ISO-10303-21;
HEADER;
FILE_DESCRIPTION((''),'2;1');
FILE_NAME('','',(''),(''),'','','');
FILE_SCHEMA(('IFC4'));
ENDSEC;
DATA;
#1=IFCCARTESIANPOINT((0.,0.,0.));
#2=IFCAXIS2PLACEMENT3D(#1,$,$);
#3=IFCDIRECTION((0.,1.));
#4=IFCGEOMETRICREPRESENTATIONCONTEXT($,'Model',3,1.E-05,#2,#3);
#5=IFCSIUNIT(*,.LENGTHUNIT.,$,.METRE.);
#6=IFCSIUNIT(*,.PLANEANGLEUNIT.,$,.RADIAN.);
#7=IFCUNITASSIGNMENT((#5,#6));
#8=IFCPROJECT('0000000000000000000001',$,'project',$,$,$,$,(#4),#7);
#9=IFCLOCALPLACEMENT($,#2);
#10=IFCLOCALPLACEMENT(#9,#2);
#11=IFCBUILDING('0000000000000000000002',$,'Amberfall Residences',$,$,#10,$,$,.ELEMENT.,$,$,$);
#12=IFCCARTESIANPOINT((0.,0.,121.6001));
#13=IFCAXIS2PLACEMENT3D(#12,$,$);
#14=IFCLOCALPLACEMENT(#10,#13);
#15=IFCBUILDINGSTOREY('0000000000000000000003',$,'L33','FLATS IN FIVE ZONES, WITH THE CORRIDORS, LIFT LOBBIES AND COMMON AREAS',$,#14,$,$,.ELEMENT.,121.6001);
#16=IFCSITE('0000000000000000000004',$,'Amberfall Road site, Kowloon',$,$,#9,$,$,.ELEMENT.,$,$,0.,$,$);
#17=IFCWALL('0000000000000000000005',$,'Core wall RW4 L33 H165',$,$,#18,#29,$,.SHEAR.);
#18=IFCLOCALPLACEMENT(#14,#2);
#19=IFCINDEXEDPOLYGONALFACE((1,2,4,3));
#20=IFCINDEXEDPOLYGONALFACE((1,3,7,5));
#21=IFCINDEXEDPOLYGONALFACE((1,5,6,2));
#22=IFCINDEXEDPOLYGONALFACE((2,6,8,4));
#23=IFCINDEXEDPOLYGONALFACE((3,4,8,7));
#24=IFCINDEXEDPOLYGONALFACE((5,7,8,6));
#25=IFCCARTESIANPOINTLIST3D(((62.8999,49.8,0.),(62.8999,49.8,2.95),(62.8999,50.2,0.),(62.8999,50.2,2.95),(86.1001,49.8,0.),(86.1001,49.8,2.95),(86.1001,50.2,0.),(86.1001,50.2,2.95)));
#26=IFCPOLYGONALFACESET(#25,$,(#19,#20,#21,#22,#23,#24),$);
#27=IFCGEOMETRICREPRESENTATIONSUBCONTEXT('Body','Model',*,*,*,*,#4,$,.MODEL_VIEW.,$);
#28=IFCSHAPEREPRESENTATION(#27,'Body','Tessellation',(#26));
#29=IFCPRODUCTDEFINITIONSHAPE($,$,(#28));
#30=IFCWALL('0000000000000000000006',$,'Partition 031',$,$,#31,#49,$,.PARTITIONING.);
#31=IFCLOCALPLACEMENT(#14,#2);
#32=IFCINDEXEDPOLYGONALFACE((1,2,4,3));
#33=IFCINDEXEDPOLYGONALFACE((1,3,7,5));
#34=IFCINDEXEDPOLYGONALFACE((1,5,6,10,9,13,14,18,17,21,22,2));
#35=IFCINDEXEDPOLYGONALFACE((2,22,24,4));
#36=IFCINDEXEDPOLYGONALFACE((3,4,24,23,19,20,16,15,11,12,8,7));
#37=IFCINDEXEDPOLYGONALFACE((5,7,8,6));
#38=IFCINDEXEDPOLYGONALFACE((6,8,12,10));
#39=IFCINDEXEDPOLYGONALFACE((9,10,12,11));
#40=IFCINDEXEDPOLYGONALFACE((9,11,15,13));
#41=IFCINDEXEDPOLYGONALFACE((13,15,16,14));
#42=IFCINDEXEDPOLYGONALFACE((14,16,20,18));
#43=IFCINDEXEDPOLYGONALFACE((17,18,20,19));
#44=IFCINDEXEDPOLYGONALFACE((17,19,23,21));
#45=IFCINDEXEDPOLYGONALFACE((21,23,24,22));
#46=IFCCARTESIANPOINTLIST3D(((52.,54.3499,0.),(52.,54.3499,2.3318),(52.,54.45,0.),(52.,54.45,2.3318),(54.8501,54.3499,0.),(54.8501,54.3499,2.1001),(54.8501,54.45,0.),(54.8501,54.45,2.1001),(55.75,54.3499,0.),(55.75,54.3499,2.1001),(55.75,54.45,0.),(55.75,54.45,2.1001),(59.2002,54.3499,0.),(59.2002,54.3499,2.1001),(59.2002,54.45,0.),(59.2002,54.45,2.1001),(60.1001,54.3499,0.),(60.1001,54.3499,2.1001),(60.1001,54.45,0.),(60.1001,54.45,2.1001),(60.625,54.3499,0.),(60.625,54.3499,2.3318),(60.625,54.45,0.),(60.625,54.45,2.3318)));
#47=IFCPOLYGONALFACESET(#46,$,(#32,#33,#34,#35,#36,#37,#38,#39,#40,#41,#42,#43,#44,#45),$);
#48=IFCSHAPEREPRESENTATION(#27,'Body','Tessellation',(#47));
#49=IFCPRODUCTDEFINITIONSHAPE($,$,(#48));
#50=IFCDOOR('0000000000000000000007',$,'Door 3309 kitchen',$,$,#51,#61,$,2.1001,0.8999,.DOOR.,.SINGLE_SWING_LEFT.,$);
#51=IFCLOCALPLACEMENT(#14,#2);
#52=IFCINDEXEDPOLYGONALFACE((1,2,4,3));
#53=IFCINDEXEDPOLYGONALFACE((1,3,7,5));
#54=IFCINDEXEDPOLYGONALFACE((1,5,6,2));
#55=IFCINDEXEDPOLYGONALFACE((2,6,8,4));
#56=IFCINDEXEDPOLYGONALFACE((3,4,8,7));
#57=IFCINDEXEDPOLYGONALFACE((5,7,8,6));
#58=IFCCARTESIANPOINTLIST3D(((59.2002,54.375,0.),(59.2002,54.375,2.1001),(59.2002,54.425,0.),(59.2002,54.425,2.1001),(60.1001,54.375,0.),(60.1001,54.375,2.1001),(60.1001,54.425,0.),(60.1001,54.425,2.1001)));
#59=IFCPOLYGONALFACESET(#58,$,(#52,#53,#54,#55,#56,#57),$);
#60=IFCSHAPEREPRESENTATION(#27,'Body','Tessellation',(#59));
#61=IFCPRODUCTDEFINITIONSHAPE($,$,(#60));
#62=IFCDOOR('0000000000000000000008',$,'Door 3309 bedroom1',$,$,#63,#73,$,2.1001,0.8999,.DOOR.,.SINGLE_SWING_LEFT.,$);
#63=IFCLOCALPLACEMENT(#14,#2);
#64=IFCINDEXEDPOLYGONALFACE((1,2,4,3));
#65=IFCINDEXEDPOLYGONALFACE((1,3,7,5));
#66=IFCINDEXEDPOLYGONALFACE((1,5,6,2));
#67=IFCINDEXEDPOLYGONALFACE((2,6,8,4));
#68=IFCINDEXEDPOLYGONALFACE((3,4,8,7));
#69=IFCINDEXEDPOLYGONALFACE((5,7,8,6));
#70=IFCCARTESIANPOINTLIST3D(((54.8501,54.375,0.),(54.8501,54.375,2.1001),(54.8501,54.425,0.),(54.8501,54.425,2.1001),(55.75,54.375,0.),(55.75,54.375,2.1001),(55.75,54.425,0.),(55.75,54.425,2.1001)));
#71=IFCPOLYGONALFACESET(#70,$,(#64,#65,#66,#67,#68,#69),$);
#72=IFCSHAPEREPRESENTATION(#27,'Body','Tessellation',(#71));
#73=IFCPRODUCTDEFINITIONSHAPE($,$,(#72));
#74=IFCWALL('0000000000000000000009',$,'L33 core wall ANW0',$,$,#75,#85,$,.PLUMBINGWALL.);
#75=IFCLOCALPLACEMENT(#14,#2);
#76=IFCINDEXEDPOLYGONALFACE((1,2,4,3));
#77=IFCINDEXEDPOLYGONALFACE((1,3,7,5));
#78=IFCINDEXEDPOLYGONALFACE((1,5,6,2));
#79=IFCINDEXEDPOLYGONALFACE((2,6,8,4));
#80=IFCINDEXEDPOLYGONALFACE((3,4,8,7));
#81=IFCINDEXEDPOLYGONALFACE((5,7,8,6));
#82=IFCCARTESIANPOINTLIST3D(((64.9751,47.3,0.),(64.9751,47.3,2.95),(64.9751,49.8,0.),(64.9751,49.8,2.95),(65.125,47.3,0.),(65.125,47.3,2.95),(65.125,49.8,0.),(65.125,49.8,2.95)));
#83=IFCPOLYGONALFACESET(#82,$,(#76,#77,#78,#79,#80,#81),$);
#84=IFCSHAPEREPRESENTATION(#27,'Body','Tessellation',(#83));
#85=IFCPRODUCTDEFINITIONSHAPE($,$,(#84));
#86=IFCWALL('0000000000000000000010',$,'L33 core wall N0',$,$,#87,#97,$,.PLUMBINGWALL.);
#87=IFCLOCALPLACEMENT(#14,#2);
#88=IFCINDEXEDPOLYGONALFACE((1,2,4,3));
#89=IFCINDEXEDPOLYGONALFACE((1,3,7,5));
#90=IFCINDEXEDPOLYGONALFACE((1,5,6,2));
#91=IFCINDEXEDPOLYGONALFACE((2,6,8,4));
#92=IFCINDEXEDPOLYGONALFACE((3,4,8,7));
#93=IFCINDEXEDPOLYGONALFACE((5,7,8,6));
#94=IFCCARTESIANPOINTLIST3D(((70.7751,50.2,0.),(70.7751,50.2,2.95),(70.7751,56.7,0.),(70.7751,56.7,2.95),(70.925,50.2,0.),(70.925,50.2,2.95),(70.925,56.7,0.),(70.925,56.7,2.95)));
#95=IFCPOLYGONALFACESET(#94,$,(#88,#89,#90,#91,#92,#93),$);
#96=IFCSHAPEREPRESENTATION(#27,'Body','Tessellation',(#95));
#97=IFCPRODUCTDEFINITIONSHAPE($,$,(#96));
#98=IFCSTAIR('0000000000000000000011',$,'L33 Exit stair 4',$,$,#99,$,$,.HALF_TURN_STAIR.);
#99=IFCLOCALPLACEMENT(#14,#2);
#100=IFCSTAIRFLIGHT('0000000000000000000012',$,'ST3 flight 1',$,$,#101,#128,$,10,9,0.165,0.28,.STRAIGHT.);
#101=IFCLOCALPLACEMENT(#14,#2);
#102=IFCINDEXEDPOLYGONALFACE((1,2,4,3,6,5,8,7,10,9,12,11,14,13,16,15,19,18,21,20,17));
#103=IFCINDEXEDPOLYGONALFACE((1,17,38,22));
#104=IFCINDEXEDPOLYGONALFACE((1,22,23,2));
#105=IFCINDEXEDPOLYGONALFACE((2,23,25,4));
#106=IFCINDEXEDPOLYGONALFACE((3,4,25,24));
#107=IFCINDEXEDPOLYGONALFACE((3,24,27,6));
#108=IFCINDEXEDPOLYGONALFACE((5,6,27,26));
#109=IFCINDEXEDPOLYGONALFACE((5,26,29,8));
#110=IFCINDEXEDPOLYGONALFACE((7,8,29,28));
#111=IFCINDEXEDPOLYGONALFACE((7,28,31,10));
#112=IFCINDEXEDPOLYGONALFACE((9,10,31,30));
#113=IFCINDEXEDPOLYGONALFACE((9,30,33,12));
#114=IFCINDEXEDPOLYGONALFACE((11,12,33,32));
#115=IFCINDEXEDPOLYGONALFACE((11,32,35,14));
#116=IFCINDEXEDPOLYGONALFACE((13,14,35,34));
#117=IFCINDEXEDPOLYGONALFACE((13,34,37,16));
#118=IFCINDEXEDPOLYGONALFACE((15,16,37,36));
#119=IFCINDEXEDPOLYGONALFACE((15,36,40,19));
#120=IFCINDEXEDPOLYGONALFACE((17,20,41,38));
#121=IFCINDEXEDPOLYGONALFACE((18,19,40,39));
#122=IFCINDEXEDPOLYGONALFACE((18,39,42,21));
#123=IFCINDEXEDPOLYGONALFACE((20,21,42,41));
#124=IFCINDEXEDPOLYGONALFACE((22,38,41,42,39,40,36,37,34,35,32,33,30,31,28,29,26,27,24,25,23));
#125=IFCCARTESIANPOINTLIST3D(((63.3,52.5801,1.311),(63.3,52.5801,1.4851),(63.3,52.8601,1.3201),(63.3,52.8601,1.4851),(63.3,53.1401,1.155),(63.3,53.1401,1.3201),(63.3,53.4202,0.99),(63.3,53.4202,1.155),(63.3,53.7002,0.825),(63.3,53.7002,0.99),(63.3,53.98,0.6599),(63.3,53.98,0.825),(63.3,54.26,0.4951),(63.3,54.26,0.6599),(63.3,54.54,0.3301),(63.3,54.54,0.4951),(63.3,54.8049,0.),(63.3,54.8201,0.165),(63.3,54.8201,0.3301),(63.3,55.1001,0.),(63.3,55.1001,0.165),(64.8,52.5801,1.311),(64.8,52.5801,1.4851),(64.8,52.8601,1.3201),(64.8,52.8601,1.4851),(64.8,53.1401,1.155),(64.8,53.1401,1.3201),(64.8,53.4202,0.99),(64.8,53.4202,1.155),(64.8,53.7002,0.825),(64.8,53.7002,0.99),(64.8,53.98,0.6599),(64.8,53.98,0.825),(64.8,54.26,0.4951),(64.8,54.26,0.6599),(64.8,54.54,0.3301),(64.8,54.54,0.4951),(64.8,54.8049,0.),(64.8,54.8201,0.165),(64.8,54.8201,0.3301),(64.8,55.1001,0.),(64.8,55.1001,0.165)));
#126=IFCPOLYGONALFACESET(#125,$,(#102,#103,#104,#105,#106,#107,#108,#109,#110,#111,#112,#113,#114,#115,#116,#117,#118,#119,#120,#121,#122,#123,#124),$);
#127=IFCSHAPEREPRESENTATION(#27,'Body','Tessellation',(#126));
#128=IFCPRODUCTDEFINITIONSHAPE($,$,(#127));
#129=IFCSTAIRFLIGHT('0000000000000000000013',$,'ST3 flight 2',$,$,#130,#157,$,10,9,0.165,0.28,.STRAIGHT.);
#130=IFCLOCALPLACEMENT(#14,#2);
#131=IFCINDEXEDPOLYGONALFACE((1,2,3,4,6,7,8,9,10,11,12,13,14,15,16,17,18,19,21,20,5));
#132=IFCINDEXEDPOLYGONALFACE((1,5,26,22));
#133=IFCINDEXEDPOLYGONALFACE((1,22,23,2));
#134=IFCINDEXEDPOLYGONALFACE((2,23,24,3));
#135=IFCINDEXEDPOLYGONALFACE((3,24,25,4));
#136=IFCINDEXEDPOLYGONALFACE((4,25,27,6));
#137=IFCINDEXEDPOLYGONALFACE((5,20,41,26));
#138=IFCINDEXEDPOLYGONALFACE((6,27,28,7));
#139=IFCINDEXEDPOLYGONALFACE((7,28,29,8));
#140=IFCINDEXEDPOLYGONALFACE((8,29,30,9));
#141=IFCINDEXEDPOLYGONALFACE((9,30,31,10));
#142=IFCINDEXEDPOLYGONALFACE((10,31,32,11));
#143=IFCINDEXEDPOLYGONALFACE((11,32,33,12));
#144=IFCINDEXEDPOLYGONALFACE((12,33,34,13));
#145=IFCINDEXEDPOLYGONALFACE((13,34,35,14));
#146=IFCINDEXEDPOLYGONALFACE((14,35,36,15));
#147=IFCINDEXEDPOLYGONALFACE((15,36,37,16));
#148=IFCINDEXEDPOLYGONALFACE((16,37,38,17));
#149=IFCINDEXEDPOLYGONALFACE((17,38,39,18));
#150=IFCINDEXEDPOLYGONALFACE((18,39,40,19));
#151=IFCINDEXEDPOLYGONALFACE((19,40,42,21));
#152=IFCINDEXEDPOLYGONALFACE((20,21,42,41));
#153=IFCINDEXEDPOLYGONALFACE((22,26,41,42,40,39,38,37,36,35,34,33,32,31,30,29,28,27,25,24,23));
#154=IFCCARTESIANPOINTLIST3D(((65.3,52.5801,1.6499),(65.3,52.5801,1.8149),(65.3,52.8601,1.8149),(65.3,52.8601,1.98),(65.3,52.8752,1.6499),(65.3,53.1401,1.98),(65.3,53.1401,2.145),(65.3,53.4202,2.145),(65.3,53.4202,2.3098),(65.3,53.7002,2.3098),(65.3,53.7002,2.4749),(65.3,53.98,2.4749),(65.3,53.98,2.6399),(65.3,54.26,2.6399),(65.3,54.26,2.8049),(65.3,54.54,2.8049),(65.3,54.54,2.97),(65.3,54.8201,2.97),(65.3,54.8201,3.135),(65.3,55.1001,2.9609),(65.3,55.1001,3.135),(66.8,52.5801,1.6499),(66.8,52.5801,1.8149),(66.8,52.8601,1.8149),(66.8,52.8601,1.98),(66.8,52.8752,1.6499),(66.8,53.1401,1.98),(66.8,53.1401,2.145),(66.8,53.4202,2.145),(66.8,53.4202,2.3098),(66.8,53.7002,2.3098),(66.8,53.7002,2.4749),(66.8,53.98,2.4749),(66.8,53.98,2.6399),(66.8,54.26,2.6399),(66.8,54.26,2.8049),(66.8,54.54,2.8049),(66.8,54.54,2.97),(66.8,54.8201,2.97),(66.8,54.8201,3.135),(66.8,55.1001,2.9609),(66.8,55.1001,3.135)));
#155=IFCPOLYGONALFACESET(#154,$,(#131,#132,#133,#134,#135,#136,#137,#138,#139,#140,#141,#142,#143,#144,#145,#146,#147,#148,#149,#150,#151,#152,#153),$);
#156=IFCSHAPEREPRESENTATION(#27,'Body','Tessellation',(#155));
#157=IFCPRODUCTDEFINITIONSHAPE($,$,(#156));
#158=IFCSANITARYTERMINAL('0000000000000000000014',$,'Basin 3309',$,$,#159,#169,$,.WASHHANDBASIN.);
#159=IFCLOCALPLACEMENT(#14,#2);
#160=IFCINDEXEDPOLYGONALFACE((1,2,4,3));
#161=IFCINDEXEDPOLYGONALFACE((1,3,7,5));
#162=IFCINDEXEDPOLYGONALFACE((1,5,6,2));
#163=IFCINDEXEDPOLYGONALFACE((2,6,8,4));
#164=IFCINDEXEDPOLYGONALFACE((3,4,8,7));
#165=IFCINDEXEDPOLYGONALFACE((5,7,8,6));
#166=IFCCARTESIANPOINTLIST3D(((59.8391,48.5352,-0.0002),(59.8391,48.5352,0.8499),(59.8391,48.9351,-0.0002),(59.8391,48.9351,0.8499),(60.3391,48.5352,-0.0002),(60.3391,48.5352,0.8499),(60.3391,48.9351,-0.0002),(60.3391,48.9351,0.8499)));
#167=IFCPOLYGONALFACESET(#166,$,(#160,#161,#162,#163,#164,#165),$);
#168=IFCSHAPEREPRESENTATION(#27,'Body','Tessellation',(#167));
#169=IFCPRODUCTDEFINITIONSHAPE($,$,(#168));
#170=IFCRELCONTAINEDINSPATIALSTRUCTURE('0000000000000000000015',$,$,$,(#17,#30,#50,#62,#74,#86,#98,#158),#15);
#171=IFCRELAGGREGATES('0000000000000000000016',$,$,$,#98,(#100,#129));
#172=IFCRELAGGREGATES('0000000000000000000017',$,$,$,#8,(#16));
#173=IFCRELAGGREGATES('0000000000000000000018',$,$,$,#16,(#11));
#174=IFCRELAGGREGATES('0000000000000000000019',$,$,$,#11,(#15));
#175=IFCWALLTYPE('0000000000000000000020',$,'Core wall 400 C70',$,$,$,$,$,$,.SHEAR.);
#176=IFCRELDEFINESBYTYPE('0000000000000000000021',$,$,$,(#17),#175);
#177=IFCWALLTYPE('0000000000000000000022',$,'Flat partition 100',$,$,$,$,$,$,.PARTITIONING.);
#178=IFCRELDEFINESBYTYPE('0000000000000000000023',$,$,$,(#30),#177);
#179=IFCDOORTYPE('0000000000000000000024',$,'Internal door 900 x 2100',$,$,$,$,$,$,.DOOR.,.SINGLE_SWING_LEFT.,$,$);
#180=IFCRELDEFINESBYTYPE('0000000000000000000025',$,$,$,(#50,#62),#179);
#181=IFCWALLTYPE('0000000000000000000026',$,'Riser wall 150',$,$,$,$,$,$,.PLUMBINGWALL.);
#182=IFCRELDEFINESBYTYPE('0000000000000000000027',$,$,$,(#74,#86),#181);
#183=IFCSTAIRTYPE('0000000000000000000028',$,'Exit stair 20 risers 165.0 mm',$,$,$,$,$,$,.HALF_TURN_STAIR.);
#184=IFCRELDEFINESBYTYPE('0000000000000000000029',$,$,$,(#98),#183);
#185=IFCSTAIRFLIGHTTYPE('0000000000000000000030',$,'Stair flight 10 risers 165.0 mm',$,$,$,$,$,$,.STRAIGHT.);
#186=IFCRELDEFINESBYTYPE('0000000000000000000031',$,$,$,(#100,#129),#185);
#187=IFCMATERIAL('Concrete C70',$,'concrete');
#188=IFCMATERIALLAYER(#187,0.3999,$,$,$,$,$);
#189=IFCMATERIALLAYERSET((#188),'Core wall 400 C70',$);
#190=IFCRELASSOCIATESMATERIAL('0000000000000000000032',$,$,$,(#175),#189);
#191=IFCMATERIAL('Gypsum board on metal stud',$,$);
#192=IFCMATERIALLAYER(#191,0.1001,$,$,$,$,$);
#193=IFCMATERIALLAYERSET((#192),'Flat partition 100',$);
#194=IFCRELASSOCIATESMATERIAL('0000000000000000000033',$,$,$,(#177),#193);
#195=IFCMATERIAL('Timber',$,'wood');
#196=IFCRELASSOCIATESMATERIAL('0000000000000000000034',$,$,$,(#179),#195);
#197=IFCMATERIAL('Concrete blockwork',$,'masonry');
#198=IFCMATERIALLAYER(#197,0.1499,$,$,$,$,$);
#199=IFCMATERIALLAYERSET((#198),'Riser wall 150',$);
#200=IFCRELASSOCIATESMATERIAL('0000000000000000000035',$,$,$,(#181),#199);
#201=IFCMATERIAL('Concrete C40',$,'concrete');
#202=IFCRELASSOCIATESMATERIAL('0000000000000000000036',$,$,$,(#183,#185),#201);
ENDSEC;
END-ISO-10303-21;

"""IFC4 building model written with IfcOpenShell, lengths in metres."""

from ifc_helpers import new_model, si_unit, direction, frame, frame_2d, origin, origin_2d, place, context, subcontext, project, spatial, polyline, rectangle, outline, extrude, material, layer, layer_set, type_object, element, fill, aggregate, save


model = new_model("IFC4")

# Units and contexts
model_context = context("Model", 3, precision=1e-05, world=origin(), true_north=direction((0.0, 1.0)))
body_context = subcontext(model_context, "Body", "Model", "MODEL_VIEW")
ifc_project = project(units=[si_unit("LENGTHUNIT", "METRE"), si_unit("PLANEANGLEUNIT", "RADIAN")], contexts=[model_context])

# Site, building, storey
site_placement = place(None, origin())
site = spatial("IfcSite", under=ifc_project, at=site_placement, Name="Amberfall Road site, Kowloon", CompositionType="ELEMENT", RefElevation=0.0)
building_placement = place(site_placement, origin())
building = spatial("IfcBuilding", under=site, at=building_placement, Name="Amberfall Residences", CompositionType="ELEMENT")
storey_placement = place(building_placement, frame((0.0, 0.0, 121.6001)))
storey = spatial("IfcBuildingStorey", under=building, at=storey_placement, Name="L33", Description="FLATS IN FIVE ZONES, WITH THE CORRIDORS, LIFT LOBBIES AND COMMON AREAS", CompositionType="ELEMENT", Elevation=121.6001)

# Wall
ifc_material_1 = material(Name="Concrete C70", Category="concrete")
ifc_layer_1 = layer(ifc_material_1, 0.3999)
ifc_layer_set_1 = layer_set([ifc_layer_1], Name="Core wall 400 C70")
wall_type_1 = type_object("IfcWallType", Name="Core wall 400 C70", PredefinedType="SHEAR", material=ifc_layer_set_1)
wall_1_placement = place(storey_placement, frame((62.8999, 50.0, 0.0), z_axis=(0.0, 0.0, 1.0), x_axis=(1.0, 0.0, 0.0)))
element("IfcWall", 1, at=wall_1_placement, inside=storey, type_object=wall_type_1, Name="Core wall RW4 L33 H165", PredefinedType="SHEAR", context=body_context, shape_type="SweptSolid", body=[
    extrude(rectangle(XDim=23.2002, YDim=0.3999, at=frame_2d((11.6001, 0.0))), origin(), (0.0, 0.0, 1.0), 2.95),
])

# Wall, openings, doors
ifc_material_2 = material(Name="Gypsum board on metal stud")
ifc_layer_2 = layer(ifc_material_2, 0.1001)
ifc_layer_set_2 = layer_set([ifc_layer_2], Name="Flat partition 100")
wall_type_2 = type_object("IfcWallType", Name="Flat partition 100", PredefinedType="PARTITIONING", material=ifc_layer_set_2)
wall_2_placement = place(storey_placement, frame((60.625, 54.3999, 0.0), z_axis=(0.0, 0.0, 1.0), x_axis=(-1.0, 0.0, 0.0)))
wall_2 = element("IfcWall", 2, at=wall_2_placement, inside=storey, type_object=wall_type_2, Name="Partition 031", PredefinedType="PARTITIONING", context=body_context, shape_type="SweptSolid", body=[
    extrude(rectangle(XDim=8.625, YDim=0.1001, at=frame_2d((4.3125, 0.0))), origin(), (0.0, 0.0, 1.0), 2.3318),
])
opening_1_placement = place(wall_2_placement, frame((0.5249, 0.0, 0.0)))
opening_1 = element("IfcOpeningElement", 3, at=opening_1_placement, cuts=wall_2, PredefinedType="OPENING", context=body_context, shape_type="SweptSolid", body=[
    extrude(rectangle(XDim=0.8999, YDim=2.1001, at=frame_2d((0.45, 1.05))), frame((0.0, 0.0601, 0.0), z_axis=(0.0, -1.0, 0.0), x_axis=(1.0, 0.0, 0.0)), (0.0, 0.0, 1.0), 0.1201),
])
opening_2_placement = place(wall_2_placement, frame((4.875, 0.0, 0.0)))
opening_2 = element("IfcOpeningElement", 4, at=opening_2_placement, cuts=wall_2, PredefinedType="OPENING", context=body_context, shape_type="SweptSolid", body=[
    extrude(rectangle(XDim=0.8999, YDim=2.1001, at=frame_2d((0.45, 1.05))), frame((0.0, 0.0601, 0.0), z_axis=(0.0, -1.0, 0.0), x_axis=(1.0, 0.0, 0.0)), (0.0, 0.0, 1.0), 0.1201),
])
ifc_material_3 = material(Name="Timber", Category="wood")
door_type = type_object("IfcDoorType", Name="Internal door 900 x 2100", OperationType="SINGLE_SWING_LEFT", PredefinedType="DOOR", material=ifc_material_3)
door_1_placement = place(opening_1_placement, origin())
door_1 = element("IfcDoor", 5, at=door_1_placement, inside=storey, type_object=door_type, Name="Door 3309 kitchen", OperationType="SINGLE_SWING_LEFT", OverallHeight=2.1001, OverallWidth=0.8999, PredefinedType="DOOR", context=body_context, shape_type="SweptSolid", body=[
    extrude(rectangle(XDim=0.8999, YDim=2.1001, at=frame_2d((0.45, 1.05))), frame((0.0, 0.0249, 0.0), z_axis=(0.0, -1.0, 0.0), x_axis=(1.0, 0.0, 0.0)), (0.0, 0.0, 1.0), 0.05),
])
fill(opening_1, door_1)
door_2_placement = place(opening_2_placement, origin())
door_2 = element("IfcDoor", 6, at=door_2_placement, inside=storey, type_object=door_type, Name="Door 3309 bedroom1", OperationType="SINGLE_SWING_LEFT", OverallHeight=2.1001, OverallWidth=0.8999, PredefinedType="DOOR", context=body_context, shape_type="SweptSolid", body=[
    extrude(rectangle(XDim=0.8999, YDim=2.1001, at=frame_2d((0.45, 1.05))), frame((0.0, 0.0249, 0.0), z_axis=(0.0, -1.0, 0.0), x_axis=(1.0, 0.0, 0.0)), (0.0, 0.0, 1.0), 0.05),
])
fill(opening_2, door_2)

# Walls
ifc_material_4 = material(Name="Concrete blockwork", Category="masonry")
ifc_layer_3 = layer(ifc_material_4, 0.1499)
ifc_layer_set_3 = layer_set([ifc_layer_3], Name="Riser wall 150")
wall_type_3 = type_object("IfcWallType", Name="Riser wall 150", PredefinedType="PLUMBINGWALL", material=ifc_layer_set_3)
wall_3_placement = place(storey_placement, frame((65.05, 47.3, 0.0), z_axis=(0.0, 0.0, 1.0), x_axis=(0.0, 1.0, 0.0)))
element("IfcWall", 7, at=wall_3_placement, inside=storey, type_object=wall_type_3, Name="L33 core wall ANW0", PredefinedType="PLUMBINGWALL", context=body_context, shape_type="SweptSolid", body=[
    extrude(rectangle(XDim=2.5, YDim=0.1499, at=frame_2d((1.25, 0.0))), origin(), (0.0, 0.0, 1.0), 2.95),
])
wall_4_placement = place(storey_placement, frame((70.8501, 50.2, 0.0), z_axis=(0.0, 0.0, 1.0), x_axis=(0.0, 1.0, 0.0)))
element("IfcWall", 8, at=wall_4_placement, inside=storey, type_object=wall_type_3, Name="L33 core wall N0", PredefinedType="PLUMBINGWALL", context=body_context, shape_type="SweptSolid", body=[
    extrude(rectangle(XDim=6.5, YDim=0.1499, at=frame_2d((3.25, 0.0))), origin(), (0.0, 0.0, 1.0), 2.95),
])

# Stair, stair flights
ifc_material_5 = material(Name="Concrete C40", Category="concrete")
stair_type = type_object("IfcStairType", Name="Exit stair 20 risers 165.0 mm", PredefinedType="HALF_TURN_STAIR", material=ifc_material_5)
stair_placement = place(storey_placement, origin())
stair = element("IfcStair", 9, at=stair_placement, inside=storey, type_object=stair_type, Name="L33 Exit stair 4", PredefinedType="HALF_TURN_STAIR")
stair_flight_type = type_object("IfcStairFlightType", Name="Stair flight 10 risers 165.0 mm", PredefinedType="STRAIGHT", material=ifc_material_5)
stair_flight_1_placement = place(storey_placement, frame((64.05, 55.1001, 0.0), z_axis=(0.0, 0.0, 1.0), x_axis=(0.0, -1.0, 0.0)))
stair_flight_1 = element("IfcStairFlight", 10, at=stair_flight_1_placement, type_object=stair_flight_type, Name="ST3 flight 1", NumberOfRisers=10, NumberOfTreads=9, PredefinedType="STRAIGHT", RiserHeight=0.165, TreadLength=0.28, context=body_context, shape_type="SweptSolid", body=[
    extrude(outline(polyline([(0.0, 0.0), (0.0, 0.165), (0.28, 0.165), (0.28, 0.3301), (0.5601, 0.3301), (0.5601, 0.4951), (0.8401, 0.4951), (0.8401, 0.6599), (1.1201, 0.6599), (1.1201, 0.825), (1.3999, 0.825), (1.3999, 0.99), (1.6799, 0.99), (1.6799, 1.155), (1.96, 1.155), (1.96, 1.3201), (2.24, 1.3201), (2.24, 1.4851), (2.52, 1.4851), (2.52, 1.6499), (2.52, 1.311), (0.2952, 0.0), (0.0, 0.0)])), frame((0.0, 0.75, 0.0), z_axis=(0.0, -1.0, 0.0), x_axis=(1.0, 0.0, 0.0)), (0.0, 0.0, 1.0), 1.5),
])
stair_flight_2_placement = place(storey_placement, frame((66.05, 52.5801, 1.6499), z_axis=(0.0, 0.0, 1.0), x_axis=(0.0, 1.0, 0.0)))
stair_flight_2 = element("IfcStairFlight", 11, at=stair_flight_2_placement, type_object=stair_flight_type, Name="ST3 flight 2", NumberOfRisers=10, NumberOfTreads=9, PredefinedType="STRAIGHT", RiserHeight=0.165, TreadLength=0.28, context=body_context, shape_type="SweptSolid", body=[
    extrude(outline(polyline([(0.0, 0.0), (0.0, 0.165), (0.28, 0.165), (0.28, 0.3301), (0.5601, 0.3301), (0.5601, 0.4951), (0.8401, 0.4951), (0.8401, 0.6599), (1.1201, 0.6599), (1.1201, 0.825), (1.3999, 0.825), (1.3999, 0.99), (1.6799, 0.99), (1.6799, 1.155), (1.96, 1.155), (1.96, 1.3201), (2.24, 1.3201), (2.24, 1.4851), (2.52, 1.4851), (2.52, 1.6499), (2.52, 1.311), (0.2952, 0.0), (0.0, 0.0)])), frame((0.0, 0.75, 0.0), z_axis=(0.0, -1.0, 0.0), x_axis=(1.0, 0.0, 0.0)), (0.0, 0.0, 1.0), 1.5),
])
aggregate(stair, [stair_flight_1, stair_flight_2])

# Sanitary terminal
sanitary_terminal_1_placement = place(storey_placement, frame((60.0891, 48.7351, -0.0002), z_axis=(0.0, 0.0, 1.0), x_axis=(1.0, 0.0, 0.0)))
element("IfcSanitaryTerminal", 12, at=sanitary_terminal_1_placement, inside=storey, Name="Basin 3309", PredefinedType="WASHHANDBASIN", context=body_context, shape_type="SweptSolid", body=[
    extrude(rectangle(XDim=0.5, YDim=0.3999, at=origin_2d()), origin(), (0.0, 0.0, 1.0), 0.8501),
])

save(model, "model.ifc")
